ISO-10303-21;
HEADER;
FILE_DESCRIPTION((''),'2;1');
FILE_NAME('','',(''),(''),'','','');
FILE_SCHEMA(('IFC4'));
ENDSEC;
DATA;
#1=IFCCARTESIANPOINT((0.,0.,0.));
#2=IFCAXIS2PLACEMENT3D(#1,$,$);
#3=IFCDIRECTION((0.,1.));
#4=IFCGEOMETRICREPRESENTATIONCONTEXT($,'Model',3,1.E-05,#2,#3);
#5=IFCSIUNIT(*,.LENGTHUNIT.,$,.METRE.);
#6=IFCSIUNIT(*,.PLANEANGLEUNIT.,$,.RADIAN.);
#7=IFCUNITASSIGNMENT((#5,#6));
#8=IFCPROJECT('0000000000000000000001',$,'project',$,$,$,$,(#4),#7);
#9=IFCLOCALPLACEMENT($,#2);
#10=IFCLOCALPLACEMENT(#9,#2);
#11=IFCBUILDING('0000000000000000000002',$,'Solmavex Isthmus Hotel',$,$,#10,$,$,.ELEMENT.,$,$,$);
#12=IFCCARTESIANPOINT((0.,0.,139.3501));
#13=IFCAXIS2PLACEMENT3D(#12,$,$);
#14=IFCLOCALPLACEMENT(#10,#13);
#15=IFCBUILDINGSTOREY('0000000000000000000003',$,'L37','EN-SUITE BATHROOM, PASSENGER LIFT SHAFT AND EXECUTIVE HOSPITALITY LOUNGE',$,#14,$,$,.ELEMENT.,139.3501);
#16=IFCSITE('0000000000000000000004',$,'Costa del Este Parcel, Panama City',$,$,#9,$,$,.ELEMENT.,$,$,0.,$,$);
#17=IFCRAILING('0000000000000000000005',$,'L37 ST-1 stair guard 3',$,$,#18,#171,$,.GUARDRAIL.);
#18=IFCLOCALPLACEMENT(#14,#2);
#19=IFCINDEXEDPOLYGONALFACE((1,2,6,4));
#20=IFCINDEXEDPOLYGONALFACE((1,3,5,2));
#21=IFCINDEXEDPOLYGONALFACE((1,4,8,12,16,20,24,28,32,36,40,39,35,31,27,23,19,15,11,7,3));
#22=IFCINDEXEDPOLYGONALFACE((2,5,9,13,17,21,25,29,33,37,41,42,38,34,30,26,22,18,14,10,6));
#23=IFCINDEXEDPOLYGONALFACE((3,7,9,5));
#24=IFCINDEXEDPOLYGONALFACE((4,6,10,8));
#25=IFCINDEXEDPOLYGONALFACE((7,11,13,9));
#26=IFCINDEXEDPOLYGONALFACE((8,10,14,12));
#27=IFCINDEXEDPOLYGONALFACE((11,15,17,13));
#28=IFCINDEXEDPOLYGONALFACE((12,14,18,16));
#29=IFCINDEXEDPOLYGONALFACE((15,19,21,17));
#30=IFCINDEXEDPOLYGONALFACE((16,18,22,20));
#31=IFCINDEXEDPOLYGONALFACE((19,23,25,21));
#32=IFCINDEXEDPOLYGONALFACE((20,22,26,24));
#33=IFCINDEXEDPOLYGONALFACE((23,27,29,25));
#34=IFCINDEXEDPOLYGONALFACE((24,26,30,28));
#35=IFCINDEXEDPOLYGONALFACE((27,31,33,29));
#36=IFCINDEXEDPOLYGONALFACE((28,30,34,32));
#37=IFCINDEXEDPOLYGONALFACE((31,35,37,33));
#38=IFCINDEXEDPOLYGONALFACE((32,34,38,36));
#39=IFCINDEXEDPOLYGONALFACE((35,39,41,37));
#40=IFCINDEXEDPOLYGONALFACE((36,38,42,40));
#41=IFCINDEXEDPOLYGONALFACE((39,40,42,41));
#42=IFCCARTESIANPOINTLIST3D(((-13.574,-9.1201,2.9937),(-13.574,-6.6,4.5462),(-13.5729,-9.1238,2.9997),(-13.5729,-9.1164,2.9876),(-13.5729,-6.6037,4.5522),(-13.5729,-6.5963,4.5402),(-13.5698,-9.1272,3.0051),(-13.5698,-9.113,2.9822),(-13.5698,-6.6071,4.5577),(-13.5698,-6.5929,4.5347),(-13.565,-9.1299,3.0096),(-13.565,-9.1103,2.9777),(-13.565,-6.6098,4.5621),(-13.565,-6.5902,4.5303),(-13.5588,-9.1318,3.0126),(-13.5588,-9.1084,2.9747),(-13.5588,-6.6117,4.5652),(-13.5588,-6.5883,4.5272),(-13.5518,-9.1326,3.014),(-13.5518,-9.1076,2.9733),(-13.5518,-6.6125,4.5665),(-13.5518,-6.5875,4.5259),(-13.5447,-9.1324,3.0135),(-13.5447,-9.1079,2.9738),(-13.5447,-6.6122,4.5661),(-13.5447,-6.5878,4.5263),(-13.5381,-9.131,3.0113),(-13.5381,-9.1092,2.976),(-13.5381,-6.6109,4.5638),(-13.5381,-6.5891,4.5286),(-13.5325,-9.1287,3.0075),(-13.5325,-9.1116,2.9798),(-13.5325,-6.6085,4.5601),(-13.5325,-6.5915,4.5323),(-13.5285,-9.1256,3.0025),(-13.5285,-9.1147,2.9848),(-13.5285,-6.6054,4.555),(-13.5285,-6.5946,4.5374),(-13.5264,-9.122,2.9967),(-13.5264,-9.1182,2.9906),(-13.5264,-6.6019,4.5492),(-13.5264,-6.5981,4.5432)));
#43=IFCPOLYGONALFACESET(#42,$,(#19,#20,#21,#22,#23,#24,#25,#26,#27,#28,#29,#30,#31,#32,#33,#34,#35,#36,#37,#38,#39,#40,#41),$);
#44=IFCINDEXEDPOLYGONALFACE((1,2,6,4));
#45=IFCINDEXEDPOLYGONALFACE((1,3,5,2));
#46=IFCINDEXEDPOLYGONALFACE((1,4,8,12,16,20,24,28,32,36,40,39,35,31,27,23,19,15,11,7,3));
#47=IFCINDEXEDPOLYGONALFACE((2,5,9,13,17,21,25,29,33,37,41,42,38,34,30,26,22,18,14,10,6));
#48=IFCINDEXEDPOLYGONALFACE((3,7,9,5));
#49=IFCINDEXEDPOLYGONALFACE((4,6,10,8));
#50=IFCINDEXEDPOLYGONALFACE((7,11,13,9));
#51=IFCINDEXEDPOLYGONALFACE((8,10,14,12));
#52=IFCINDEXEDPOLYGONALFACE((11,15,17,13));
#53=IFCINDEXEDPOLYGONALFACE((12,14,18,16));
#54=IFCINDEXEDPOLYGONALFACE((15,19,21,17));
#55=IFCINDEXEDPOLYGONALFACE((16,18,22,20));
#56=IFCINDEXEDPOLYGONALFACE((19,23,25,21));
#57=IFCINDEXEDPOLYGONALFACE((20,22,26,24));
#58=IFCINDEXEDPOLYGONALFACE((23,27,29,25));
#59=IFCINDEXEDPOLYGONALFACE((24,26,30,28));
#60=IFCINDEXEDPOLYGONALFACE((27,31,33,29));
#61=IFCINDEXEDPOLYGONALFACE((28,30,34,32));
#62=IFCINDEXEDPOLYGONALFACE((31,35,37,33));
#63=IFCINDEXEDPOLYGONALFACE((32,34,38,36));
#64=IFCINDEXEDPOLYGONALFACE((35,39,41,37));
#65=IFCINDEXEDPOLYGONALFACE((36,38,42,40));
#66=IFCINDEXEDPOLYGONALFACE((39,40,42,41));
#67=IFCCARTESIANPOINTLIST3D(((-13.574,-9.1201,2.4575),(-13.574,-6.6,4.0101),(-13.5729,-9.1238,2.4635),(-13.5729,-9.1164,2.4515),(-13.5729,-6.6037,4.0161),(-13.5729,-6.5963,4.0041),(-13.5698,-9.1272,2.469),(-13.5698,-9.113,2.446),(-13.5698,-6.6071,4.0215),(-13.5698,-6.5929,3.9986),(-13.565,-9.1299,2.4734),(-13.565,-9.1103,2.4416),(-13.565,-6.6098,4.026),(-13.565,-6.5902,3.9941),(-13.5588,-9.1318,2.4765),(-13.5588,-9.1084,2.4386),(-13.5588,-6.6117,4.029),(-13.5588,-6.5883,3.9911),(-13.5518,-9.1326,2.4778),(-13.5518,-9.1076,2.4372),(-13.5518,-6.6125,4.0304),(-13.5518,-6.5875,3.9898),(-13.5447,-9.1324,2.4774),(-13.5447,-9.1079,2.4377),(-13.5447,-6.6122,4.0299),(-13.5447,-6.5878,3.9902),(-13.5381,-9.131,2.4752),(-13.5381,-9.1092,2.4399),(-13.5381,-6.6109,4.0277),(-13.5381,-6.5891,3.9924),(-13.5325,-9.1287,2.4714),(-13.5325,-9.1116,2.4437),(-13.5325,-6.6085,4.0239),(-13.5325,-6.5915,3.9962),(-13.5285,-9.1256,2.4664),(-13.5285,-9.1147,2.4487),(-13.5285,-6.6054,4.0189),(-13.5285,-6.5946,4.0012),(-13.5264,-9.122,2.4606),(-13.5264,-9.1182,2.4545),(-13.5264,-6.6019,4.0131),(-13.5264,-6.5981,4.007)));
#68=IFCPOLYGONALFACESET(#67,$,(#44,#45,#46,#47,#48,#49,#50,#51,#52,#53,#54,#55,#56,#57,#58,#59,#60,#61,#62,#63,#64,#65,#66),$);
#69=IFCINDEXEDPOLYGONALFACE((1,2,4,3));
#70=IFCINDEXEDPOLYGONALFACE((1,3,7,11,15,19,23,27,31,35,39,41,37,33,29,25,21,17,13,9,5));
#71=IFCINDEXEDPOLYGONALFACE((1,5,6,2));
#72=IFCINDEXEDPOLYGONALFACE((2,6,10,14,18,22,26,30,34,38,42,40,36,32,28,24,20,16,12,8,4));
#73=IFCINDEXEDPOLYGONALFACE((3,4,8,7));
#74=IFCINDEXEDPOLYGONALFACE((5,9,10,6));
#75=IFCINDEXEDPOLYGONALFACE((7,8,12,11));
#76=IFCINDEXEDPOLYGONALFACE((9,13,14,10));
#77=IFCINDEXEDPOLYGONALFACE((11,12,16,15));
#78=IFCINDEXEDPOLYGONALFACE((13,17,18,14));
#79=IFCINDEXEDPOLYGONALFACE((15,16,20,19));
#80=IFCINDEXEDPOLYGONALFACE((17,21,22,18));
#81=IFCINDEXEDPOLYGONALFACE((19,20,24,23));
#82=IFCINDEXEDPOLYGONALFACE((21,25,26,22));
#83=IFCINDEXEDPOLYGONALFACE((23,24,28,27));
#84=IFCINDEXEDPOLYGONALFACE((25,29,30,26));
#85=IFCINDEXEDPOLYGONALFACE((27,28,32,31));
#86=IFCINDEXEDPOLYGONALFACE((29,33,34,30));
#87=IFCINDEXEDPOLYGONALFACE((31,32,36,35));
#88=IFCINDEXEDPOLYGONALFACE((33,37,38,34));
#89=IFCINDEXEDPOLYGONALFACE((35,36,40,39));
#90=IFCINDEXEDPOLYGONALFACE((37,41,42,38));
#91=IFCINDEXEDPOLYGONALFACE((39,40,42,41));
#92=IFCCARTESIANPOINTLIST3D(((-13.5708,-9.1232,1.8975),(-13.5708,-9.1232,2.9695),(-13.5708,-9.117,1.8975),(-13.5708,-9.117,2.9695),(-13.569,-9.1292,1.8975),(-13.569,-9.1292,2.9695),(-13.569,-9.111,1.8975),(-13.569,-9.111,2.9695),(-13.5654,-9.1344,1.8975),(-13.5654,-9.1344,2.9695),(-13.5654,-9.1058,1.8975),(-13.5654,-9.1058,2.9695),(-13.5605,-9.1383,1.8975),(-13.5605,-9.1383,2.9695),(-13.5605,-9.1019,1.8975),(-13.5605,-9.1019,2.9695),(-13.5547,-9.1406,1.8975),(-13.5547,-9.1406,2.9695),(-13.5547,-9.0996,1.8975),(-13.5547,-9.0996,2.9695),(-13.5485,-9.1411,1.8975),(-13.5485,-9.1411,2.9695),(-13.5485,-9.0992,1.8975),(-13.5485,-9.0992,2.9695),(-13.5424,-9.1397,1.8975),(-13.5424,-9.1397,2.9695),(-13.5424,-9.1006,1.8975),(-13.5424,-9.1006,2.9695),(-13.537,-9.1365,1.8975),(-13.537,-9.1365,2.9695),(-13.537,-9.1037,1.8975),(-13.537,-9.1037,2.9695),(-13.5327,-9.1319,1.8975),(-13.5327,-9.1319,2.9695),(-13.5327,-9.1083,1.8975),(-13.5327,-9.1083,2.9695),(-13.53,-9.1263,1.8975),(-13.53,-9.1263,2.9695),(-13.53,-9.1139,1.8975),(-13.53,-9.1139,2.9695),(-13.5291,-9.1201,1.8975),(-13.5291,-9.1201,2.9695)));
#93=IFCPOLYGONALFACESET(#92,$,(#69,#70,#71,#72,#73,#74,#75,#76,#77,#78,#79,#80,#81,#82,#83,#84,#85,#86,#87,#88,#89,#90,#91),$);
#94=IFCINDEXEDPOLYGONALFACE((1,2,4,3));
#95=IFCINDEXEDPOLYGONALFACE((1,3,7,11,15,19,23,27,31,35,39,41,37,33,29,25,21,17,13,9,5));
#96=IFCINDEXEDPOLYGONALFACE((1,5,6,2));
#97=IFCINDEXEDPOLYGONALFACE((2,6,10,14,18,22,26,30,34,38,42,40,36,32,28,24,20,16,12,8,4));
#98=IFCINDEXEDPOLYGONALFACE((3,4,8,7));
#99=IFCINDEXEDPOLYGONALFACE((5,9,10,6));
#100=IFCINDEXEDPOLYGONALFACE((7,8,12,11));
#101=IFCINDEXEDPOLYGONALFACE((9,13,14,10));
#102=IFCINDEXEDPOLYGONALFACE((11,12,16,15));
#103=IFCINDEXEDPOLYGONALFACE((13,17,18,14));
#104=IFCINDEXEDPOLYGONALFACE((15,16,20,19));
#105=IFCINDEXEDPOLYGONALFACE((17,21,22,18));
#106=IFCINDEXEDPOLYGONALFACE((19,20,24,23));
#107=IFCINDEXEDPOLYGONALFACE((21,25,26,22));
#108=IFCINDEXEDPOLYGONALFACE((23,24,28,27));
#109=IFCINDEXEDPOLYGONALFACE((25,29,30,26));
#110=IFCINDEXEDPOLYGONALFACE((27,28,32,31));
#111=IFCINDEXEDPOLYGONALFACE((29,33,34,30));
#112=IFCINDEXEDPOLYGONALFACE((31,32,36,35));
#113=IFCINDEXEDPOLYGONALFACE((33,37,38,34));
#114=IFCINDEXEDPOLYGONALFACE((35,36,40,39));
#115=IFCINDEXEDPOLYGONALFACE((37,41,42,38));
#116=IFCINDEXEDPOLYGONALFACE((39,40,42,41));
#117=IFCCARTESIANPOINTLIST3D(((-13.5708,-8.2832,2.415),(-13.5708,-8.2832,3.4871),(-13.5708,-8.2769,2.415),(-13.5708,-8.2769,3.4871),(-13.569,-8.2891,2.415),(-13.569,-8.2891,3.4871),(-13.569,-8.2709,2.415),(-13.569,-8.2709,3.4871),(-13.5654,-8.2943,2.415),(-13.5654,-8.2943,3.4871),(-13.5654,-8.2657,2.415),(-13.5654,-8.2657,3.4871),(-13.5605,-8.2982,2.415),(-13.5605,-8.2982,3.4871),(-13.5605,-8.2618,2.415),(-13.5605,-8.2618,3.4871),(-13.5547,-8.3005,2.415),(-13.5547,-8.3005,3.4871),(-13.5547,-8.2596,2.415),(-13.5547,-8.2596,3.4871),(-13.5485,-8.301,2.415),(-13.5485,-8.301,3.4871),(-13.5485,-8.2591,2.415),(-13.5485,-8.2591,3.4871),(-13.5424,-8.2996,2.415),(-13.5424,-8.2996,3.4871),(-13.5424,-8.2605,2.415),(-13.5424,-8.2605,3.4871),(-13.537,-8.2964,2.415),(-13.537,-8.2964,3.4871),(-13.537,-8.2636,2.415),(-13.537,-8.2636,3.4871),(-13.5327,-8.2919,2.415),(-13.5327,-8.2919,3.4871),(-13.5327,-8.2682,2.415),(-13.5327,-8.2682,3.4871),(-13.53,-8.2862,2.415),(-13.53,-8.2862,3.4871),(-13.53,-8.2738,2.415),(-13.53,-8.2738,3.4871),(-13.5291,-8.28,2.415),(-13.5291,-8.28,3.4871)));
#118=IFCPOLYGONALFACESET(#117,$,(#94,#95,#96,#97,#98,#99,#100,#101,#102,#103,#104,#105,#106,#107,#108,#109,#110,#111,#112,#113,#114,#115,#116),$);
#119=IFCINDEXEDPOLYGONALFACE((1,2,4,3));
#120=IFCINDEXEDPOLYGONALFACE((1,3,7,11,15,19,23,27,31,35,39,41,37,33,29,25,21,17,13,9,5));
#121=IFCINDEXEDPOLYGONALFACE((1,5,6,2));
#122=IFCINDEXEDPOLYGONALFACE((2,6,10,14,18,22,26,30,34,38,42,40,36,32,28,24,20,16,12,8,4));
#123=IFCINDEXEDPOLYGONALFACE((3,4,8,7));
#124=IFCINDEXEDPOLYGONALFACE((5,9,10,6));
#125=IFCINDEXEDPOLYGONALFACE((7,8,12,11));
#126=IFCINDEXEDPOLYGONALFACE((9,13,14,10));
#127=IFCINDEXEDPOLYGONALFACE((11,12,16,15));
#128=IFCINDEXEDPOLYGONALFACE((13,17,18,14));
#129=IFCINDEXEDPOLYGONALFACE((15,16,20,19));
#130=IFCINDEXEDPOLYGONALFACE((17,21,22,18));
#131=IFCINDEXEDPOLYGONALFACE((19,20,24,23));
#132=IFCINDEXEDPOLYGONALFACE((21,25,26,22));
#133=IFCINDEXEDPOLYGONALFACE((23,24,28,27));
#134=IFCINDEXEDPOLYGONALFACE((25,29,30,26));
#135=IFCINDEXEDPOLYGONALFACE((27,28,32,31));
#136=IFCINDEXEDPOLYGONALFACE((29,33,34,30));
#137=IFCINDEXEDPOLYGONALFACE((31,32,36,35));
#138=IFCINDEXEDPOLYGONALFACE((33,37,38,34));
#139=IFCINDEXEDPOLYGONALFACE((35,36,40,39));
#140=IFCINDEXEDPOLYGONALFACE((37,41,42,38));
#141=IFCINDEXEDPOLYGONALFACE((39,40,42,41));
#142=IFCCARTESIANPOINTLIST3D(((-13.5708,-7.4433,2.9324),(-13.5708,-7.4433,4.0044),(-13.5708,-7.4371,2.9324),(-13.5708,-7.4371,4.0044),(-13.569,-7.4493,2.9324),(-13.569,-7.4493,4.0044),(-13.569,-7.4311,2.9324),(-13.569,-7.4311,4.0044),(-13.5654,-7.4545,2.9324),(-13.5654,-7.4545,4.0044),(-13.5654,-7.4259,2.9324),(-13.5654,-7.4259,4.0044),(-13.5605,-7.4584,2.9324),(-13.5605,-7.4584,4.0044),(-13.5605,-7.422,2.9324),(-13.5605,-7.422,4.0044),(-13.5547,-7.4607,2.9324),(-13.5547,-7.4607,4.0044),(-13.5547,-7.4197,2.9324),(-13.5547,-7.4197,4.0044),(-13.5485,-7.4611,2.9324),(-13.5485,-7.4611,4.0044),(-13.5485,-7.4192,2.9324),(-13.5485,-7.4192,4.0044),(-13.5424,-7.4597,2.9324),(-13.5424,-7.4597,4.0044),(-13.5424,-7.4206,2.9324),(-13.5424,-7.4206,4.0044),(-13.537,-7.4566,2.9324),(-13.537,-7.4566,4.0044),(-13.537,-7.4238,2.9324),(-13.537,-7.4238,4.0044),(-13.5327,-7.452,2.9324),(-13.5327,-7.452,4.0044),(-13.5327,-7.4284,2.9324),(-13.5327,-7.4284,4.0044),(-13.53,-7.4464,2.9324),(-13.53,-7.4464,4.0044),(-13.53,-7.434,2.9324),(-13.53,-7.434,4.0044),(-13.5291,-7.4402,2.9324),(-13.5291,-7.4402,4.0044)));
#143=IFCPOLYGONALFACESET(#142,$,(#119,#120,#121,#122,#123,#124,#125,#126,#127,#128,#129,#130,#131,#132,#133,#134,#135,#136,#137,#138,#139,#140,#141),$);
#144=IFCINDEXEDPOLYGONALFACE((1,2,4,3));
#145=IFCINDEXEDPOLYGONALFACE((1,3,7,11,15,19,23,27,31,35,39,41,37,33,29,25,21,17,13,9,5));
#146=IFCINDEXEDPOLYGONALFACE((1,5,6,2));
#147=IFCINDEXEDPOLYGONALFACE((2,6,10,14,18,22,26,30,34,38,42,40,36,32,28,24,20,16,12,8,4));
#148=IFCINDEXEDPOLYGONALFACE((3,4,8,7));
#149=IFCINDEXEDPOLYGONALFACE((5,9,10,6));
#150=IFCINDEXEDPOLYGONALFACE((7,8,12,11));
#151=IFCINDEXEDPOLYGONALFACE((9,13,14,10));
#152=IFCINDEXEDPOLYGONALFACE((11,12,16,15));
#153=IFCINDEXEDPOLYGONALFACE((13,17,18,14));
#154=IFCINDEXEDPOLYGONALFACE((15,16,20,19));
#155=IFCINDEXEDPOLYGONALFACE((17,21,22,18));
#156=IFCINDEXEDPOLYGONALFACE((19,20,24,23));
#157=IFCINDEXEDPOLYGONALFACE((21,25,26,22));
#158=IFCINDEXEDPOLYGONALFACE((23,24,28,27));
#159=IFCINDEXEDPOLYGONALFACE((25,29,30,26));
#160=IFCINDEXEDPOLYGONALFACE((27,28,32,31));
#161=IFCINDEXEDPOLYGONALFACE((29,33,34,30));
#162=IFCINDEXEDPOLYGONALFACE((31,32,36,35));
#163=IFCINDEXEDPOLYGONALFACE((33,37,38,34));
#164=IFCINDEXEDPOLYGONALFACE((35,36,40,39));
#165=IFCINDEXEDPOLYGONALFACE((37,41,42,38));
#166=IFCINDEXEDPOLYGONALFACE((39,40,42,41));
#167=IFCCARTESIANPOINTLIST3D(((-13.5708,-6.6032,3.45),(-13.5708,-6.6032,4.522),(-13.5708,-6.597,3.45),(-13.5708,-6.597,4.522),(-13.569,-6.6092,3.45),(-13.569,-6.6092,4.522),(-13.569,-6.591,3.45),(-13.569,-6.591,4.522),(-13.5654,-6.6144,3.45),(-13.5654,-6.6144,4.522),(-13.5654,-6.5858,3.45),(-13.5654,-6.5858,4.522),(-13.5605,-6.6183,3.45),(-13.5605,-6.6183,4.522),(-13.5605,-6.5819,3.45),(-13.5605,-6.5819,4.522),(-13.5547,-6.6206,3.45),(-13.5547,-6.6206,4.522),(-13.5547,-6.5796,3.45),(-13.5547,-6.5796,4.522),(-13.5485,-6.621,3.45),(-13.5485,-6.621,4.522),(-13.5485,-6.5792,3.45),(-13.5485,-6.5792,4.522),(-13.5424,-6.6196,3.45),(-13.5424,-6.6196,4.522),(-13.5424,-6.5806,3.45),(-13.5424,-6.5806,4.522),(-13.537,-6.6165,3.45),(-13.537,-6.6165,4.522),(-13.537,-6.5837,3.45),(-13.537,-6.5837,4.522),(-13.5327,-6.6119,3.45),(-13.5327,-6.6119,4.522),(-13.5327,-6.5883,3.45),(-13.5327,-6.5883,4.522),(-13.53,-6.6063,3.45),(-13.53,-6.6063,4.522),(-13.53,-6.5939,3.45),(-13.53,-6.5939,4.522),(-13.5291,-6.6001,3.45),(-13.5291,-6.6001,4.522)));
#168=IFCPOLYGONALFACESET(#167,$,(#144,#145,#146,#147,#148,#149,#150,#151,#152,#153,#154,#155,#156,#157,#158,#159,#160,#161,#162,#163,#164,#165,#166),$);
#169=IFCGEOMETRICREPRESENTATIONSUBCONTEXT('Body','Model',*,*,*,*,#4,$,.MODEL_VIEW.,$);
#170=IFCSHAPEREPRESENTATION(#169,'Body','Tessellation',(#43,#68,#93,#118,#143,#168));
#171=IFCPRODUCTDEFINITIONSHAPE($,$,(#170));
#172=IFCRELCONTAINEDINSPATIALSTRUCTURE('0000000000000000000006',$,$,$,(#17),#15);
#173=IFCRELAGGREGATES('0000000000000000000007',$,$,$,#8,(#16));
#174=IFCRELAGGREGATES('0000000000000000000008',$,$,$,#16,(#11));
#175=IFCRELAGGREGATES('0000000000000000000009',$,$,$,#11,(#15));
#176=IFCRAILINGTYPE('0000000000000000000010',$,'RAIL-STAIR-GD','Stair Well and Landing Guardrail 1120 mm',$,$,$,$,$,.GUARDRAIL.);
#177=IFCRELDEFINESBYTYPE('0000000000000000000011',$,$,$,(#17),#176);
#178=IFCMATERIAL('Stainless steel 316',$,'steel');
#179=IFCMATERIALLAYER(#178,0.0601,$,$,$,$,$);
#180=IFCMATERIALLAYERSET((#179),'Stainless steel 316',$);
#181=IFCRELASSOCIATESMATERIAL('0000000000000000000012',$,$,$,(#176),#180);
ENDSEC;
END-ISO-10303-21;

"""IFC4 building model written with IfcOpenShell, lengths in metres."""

from ifc_helpers import new_model, si_unit, direction, frame, origin, origin_2d, place, context, subcontext, project, spatial, circle, extrude, material, layer, layer_set, type_object, element, save


model = new_model("IFC4")

# Units and contexts
model_context = context("Model", 3, precision=1e-05, world=origin(), true_north=direction((0.0, 1.0)))
body_context = subcontext(model_context, "Body", "Model", "MODEL_VIEW")
ifc_project = project(units=[si_unit("LENGTHUNIT", "METRE"), si_unit("PLANEANGLEUNIT", "RADIAN")], contexts=[model_context])

# Site, building, storey
site_placement = place(None, origin())
site = spatial("IfcSite", under=ifc_project, at=site_placement, Name="Costa del Este Parcel, Panama City", CompositionType="ELEMENT", RefElevation=0.0)
building_placement = place(site_placement, origin())
building = spatial("IfcBuilding", under=site, at=building_placement, Name="Solmavex Isthmus Hotel", CompositionType="ELEMENT")
storey_placement = place(building_placement, frame((0.0, 0.0, 139.3501)))
storey = spatial("IfcBuildingStorey", under=building, at=storey_placement, Name="L37", Description="EN-SUITE BATHROOM, PASSENGER LIFT SHAFT AND EXECUTIVE HOSPITALITY LOUNGE", CompositionType="ELEMENT", Elevation=139.3501)

# Railing
ifc_material_1 = material(Name="Stainless steel 316", Category="steel")
ifc_layer_1 = layer(ifc_material_1, 0.0601)
ifc_layer_set_1 = layer_set([ifc_layer_1], Name="Stainless steel 316")
railing_type = type_object("IfcRailingType", Name="RAIL-STAIR-GD", Description="Stair Well and Landing Guardrail 1120 mm", PredefinedType="GUARDRAIL", material=ifc_layer_set_1)
railing_1_placement = place(storey_placement, frame((-13.55, -9.1201, 1.8975)))
element("IfcRailing", 1, at=railing_1_placement, inside=storey, type_object=railing_type, Name="L37 ST-1 stair guard 3", PredefinedType="GUARDRAIL", context=body_context, shape_type="SweptSolid", body=[
    extrude(circle(Radius=0.0239, at=origin_2d()), frame((0.0, 0.0, 1.0962), z_axis=(0.0, 0.8514, 0.524516), x_axis=(-1.0, 0.0, 0.0)), (0.0, 0.0, 1.0), 2.96),
    extrude(circle(Radius=0.0239, at=origin_2d()), frame((0.0, 0.0, 0.5601), z_axis=(0.0, 0.8514, 0.524516), x_axis=(-1.0, 0.0, 0.0)), (0.0, 0.0, 1.0), 2.96),
    extrude(circle(Radius=0.021, at=origin_2d()), origin(), (0.0, 0.0, 1.0), 1.072),
    extrude(circle(Radius=0.021, at=origin_2d()), frame((0.0, 0.8401, 0.5176)), (0.0, 0.0, 1.0), 1.072),
    extrude(circle(Radius=0.021, at=origin_2d()), frame((0.0, 1.6799, 1.0349)), (0.0, 0.0, 1.0), 1.072),
    extrude(circle(Radius=0.021, at=origin_2d()), frame((0.0, 2.52, 1.5525)), (0.0, 0.0, 1.0), 1.072),
])

save(model, "model.ifc")
